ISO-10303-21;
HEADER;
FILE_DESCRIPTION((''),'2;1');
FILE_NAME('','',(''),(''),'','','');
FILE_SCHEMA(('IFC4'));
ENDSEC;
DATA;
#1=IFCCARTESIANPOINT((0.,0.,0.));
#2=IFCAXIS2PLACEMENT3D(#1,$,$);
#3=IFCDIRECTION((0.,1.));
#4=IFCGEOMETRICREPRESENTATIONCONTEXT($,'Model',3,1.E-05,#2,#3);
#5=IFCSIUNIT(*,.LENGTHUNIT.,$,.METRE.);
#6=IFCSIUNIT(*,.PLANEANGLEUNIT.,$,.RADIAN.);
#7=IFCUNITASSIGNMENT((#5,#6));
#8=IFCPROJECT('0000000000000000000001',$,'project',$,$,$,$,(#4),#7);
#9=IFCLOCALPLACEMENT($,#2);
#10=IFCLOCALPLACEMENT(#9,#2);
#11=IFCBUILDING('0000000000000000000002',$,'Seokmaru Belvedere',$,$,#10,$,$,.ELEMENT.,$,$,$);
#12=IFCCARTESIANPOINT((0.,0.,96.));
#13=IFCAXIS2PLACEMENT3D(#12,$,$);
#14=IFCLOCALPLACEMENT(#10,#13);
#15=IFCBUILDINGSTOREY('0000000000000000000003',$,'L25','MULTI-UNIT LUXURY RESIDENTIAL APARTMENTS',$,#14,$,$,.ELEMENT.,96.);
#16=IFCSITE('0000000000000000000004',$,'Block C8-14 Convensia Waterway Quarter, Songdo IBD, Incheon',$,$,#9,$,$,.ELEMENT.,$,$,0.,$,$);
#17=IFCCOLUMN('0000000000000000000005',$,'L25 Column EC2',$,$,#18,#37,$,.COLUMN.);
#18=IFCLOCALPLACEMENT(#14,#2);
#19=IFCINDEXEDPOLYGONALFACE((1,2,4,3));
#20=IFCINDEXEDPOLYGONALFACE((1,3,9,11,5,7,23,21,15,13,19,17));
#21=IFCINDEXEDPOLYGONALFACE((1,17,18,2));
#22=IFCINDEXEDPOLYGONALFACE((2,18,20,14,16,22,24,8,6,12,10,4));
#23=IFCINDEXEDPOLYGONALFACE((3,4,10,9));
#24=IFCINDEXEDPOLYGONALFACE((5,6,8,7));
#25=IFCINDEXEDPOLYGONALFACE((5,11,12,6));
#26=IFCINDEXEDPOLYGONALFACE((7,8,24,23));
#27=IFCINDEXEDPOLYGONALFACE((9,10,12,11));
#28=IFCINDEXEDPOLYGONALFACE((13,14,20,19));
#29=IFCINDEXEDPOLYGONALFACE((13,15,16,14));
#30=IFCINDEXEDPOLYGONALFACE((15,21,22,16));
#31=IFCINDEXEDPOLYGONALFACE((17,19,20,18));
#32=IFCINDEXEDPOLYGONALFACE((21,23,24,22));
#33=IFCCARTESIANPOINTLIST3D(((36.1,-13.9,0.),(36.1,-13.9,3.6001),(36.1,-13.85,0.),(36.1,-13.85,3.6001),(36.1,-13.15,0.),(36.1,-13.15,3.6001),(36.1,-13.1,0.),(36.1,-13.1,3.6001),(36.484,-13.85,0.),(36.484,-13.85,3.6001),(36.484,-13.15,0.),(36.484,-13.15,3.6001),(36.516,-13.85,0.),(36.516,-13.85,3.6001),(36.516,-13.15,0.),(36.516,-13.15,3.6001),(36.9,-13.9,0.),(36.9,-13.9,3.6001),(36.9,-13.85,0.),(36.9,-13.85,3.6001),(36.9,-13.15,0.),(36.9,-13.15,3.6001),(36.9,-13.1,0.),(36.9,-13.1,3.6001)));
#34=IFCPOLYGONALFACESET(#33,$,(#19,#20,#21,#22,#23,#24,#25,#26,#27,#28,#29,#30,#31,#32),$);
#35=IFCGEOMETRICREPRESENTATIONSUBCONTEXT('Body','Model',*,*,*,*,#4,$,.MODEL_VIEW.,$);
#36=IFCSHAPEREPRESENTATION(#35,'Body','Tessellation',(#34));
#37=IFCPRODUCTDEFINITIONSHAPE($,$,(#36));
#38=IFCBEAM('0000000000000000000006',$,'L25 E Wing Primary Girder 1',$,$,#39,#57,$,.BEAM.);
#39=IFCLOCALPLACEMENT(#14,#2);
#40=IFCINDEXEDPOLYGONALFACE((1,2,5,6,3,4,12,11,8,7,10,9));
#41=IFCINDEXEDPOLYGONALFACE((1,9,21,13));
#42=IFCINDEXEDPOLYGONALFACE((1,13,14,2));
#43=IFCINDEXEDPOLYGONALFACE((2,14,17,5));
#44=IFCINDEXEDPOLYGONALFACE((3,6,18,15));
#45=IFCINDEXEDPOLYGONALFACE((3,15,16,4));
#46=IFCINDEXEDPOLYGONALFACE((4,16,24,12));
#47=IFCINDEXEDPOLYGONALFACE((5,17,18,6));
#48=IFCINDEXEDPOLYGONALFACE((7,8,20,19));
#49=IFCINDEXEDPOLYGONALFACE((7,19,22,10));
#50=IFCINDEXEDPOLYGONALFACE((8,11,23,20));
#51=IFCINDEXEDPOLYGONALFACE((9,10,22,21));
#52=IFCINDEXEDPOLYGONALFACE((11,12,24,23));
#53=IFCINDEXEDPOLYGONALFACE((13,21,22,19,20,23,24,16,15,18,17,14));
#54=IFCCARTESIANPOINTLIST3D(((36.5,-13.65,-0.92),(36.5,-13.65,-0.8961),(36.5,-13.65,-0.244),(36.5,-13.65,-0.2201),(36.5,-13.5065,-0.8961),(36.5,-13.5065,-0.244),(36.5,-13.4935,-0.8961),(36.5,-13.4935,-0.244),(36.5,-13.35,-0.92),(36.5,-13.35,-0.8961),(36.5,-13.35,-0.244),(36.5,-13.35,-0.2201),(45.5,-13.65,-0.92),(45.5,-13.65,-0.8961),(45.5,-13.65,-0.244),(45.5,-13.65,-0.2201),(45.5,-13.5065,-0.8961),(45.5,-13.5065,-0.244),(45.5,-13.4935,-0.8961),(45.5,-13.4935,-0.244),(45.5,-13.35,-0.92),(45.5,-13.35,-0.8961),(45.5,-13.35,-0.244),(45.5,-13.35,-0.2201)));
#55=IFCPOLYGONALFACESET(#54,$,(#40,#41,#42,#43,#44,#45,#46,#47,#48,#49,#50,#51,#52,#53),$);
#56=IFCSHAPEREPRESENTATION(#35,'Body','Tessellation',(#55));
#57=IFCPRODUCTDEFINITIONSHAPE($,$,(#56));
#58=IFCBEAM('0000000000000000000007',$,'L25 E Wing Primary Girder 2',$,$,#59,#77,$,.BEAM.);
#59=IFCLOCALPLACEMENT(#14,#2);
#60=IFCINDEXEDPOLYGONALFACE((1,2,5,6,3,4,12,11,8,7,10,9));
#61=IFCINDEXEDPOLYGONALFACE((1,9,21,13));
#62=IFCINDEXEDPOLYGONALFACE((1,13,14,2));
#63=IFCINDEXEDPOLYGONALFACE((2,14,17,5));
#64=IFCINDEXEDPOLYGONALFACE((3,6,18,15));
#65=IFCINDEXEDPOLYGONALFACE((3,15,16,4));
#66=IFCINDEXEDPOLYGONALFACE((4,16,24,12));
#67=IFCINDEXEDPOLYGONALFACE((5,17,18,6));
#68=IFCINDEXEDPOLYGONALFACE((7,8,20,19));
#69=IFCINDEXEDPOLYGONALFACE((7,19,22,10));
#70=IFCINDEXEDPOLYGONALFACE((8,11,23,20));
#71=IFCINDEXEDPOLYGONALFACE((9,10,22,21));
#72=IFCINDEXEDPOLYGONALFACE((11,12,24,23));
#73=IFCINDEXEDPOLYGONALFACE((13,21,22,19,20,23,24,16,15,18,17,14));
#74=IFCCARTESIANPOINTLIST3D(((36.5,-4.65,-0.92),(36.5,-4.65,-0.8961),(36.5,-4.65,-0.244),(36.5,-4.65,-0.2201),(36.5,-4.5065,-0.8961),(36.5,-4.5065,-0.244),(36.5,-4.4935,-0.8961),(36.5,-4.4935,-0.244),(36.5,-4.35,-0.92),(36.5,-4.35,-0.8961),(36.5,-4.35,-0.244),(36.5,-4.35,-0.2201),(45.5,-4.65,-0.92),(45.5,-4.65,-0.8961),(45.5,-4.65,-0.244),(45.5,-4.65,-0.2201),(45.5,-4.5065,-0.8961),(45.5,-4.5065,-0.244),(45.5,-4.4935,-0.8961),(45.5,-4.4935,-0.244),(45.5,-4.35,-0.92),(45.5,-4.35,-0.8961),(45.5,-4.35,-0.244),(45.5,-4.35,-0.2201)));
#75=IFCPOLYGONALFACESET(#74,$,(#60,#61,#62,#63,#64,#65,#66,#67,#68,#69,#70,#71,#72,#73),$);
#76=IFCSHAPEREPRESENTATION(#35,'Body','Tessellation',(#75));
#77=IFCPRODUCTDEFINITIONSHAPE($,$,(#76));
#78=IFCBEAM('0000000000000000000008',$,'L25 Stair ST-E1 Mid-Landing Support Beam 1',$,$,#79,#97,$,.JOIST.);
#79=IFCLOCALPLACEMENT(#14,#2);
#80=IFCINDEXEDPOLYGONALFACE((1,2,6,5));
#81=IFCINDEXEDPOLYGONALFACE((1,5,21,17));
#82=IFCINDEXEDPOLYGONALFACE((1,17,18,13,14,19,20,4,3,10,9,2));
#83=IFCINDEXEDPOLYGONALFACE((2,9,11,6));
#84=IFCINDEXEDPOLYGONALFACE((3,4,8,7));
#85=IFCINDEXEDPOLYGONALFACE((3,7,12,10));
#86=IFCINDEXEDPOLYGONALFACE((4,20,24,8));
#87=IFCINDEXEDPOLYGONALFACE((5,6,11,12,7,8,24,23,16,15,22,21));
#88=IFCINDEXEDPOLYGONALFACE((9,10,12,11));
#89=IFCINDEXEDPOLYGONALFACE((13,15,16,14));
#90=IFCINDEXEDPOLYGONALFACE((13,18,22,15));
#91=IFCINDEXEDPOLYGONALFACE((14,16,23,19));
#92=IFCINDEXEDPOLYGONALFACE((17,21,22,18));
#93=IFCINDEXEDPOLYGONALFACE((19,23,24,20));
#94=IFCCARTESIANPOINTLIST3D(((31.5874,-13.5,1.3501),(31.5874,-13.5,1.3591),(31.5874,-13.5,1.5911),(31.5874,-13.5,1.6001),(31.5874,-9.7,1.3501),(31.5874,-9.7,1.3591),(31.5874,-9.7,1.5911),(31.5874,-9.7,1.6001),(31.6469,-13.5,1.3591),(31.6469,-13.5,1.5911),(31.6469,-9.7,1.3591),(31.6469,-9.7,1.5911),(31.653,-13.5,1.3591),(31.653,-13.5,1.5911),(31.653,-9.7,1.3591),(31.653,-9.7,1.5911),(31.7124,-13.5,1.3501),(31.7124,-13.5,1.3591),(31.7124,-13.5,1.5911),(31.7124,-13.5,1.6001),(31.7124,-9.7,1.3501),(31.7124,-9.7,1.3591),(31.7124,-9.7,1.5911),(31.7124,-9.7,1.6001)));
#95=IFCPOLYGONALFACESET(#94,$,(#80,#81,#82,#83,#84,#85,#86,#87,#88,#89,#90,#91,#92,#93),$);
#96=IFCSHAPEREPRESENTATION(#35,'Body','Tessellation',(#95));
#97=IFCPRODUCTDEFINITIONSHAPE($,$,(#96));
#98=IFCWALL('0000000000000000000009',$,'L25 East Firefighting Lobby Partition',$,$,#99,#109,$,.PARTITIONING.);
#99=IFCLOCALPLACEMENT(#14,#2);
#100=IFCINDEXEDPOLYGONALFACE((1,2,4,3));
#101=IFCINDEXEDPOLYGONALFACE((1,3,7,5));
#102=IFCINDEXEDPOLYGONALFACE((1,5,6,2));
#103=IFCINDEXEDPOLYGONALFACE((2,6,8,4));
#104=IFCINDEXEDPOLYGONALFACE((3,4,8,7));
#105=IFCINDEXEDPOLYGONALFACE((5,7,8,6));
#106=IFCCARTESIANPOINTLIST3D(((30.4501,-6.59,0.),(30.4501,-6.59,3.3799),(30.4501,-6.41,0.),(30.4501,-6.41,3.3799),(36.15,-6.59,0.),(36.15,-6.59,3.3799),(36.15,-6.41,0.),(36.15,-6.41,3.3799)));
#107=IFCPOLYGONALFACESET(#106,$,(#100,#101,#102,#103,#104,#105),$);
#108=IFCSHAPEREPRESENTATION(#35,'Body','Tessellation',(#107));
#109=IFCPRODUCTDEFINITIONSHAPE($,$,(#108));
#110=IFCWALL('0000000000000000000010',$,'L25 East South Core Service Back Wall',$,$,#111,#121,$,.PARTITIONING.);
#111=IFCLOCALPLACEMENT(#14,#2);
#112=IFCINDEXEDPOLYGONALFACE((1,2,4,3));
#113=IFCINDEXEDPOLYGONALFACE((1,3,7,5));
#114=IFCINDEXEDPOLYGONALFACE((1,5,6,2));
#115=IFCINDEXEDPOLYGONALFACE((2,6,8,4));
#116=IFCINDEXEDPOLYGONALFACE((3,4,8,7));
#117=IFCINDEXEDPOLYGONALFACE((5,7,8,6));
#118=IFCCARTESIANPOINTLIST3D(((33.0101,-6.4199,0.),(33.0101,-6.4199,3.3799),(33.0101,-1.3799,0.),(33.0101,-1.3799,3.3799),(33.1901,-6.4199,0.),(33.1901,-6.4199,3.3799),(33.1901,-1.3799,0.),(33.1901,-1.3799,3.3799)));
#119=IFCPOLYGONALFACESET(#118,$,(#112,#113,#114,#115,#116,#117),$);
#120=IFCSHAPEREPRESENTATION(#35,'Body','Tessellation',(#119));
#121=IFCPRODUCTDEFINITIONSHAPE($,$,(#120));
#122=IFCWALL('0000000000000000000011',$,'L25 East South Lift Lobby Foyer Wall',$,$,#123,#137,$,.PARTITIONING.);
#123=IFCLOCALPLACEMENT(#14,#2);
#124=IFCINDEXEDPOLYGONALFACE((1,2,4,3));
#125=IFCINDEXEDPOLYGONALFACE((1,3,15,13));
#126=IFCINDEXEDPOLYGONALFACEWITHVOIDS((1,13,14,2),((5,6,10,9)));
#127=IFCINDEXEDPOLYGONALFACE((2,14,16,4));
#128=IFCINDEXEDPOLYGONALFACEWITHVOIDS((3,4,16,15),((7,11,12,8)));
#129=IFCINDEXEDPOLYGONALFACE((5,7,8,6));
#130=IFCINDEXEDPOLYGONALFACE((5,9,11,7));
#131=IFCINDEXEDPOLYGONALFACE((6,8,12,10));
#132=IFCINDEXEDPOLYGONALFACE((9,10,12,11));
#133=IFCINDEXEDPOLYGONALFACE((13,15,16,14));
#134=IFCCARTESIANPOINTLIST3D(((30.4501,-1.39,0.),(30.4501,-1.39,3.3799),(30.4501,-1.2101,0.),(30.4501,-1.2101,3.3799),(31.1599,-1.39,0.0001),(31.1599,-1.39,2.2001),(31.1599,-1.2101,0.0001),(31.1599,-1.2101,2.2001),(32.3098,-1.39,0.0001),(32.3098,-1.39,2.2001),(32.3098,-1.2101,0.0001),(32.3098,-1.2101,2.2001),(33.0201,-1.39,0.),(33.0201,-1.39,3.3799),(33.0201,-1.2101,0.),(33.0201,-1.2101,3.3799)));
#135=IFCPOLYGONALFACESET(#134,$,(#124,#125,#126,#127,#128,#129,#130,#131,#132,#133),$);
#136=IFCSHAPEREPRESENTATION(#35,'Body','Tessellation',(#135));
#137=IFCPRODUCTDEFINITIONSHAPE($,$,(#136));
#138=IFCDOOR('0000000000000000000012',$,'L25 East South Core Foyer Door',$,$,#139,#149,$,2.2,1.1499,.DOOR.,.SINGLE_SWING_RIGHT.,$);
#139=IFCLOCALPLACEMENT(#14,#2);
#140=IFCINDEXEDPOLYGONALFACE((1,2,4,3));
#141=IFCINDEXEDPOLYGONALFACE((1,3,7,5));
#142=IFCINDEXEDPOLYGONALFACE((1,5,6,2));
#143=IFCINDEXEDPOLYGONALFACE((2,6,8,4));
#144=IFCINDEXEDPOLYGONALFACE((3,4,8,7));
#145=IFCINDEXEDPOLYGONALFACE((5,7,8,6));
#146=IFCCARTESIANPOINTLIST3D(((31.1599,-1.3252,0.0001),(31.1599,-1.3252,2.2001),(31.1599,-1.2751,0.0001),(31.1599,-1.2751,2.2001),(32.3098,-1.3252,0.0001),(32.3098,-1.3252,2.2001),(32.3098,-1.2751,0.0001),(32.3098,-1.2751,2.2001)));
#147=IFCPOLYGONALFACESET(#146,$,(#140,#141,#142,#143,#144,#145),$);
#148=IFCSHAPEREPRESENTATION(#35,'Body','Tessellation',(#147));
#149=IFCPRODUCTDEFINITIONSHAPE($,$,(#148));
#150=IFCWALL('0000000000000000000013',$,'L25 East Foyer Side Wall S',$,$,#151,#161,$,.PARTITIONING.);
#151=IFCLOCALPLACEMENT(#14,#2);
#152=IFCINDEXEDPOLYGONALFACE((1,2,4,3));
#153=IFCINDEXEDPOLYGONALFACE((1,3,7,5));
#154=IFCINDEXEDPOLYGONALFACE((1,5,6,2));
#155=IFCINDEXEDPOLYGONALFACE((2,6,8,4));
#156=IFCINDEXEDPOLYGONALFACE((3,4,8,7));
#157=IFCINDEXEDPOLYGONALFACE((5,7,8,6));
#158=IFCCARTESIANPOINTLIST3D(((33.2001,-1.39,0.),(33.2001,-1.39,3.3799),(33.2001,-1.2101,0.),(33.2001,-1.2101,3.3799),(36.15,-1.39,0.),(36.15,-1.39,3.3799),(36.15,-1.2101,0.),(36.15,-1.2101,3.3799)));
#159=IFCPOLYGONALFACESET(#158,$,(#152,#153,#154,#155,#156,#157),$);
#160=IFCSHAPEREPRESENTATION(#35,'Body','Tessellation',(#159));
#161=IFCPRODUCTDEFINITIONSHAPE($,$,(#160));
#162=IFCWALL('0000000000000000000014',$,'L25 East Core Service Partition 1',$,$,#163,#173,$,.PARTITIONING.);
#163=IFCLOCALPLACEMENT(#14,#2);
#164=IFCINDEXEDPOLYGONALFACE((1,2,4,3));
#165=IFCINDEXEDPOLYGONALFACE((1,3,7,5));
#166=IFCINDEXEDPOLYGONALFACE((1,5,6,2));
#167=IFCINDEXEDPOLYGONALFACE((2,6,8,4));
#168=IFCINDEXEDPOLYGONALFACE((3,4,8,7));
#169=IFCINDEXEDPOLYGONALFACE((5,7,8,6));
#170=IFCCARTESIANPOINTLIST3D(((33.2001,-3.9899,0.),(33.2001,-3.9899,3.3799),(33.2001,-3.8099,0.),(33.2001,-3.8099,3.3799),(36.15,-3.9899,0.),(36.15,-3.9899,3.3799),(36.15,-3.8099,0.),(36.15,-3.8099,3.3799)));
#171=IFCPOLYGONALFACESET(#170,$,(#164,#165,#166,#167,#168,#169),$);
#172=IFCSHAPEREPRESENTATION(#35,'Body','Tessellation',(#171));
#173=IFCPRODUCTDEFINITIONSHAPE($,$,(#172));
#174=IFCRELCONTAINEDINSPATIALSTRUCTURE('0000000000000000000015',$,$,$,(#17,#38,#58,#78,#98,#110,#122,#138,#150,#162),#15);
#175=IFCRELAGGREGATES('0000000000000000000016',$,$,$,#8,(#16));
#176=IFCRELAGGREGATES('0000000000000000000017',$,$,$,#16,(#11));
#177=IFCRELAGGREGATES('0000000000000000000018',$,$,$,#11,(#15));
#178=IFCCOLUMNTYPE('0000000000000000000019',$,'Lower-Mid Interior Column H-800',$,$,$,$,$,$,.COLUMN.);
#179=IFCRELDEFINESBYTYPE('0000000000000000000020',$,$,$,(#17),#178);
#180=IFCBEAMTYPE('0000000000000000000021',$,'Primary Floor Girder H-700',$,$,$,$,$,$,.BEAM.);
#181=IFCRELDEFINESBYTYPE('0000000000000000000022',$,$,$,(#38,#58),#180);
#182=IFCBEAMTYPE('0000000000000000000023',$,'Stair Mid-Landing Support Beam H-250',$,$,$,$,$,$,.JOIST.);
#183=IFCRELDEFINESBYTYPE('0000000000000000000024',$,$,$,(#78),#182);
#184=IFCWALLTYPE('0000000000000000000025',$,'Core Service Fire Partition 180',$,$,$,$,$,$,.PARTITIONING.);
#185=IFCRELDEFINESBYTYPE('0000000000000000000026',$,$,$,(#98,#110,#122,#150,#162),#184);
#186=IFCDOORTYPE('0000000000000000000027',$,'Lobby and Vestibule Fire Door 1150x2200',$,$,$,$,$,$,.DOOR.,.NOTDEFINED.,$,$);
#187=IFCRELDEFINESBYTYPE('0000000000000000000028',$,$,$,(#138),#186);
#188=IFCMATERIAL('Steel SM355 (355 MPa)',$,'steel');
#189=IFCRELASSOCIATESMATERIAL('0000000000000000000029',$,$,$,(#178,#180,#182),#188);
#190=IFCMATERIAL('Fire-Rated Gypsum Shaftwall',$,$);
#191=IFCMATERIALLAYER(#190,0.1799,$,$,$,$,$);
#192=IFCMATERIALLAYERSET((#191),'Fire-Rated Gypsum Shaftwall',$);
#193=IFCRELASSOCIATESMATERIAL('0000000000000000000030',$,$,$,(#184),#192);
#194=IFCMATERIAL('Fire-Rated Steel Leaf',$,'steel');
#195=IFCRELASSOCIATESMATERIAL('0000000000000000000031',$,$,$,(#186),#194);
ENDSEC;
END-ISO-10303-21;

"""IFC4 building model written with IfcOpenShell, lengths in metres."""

from ifc_helpers import new_model, si_unit, direction, frame, frame_2d, origin, origin_2d, place, context, subcontext, project, spatial, rectangle, i_section, extrude, source, transform, mapped, material, layer, layer_set, material_profile, profile_set, type_object, type_shapes, element, fill, save


model = new_model("IFC4")

# Units and contexts
model_context = context("Model", 3, precision=1e-05, world=origin(), true_north=direction((0.0, 1.0)))
body_context = subcontext(model_context, "Body", "Model", "MODEL_VIEW")
ifc_project = project(units=[si_unit("LENGTHUNIT", "METRE"), si_unit("PLANEANGLEUNIT", "RADIAN")], contexts=[model_context])

# Site, building, storey
site_placement = place(None, origin())
site = spatial("IfcSite", under=ifc_project, at=site_placement, Name="Block C8-14 Convensia Waterway Quarter, Songdo IBD, Incheon", CompositionType="ELEMENT", RefElevation=0.0)
building_placement = place(site_placement, origin())
building = spatial("IfcBuilding", under=site, at=building_placement, Name="Seokmaru Belvedere", CompositionType="ELEMENT")
storey_placement = place(building_placement, frame((0.0, 0.0, 96.0)))
storey = spatial("IfcBuildingStorey", under=building, at=storey_placement, Name="L25", Description="MULTI-UNIT LUXURY RESIDENTIAL APARTMENTS", CompositionType="ELEMENT", Elevation=96.0)

# Column
ifc_material_1 = material(Name="Steel SM355 (355 MPa)", Category="steel")
ifc_material_profile_1 = material_profile(ifc_material_1, i_section(OverallWidth=0.8, OverallDepth=0.8, WebThickness=0.032, FlangeThickness=0.05, at=origin_2d()), Name="H-800x800x32x50")
ifc_profile_set_1 = profile_set([ifc_material_profile_1], Name="Steel SM355 (355 MPa)")
column_type = type_object("IfcColumnType", Name="Lower-Mid Interior Column H-800", PredefinedType="COLUMN", material=ifc_profile_set_1)
shared_shape_1 = source(origin(), body_context, "Body", "SweptSolid", [
    extrude(i_section(OverallWidth=0.8, OverallDepth=0.8, WebThickness=0.032, FlangeThickness=0.05, at=origin_2d()), origin(), (0.0, 0.0, 1.0), 3.6001),
])
type_shapes(column_type, [shared_shape_1])
column_placement = place(storey_placement, frame((36.5, -13.5, 0.0), z_axis=(0.0, 0.0, 1.0), x_axis=(1.0, 0.0, 0.0)))
element("IfcColumn", 1, at=column_placement, inside=storey, type_object=column_type, Name="L25 Column EC2", PredefinedType="COLUMN", context=body_context, shape_type="MappedRepresentation", body=[
    mapped(shared_shape_1, transform((0.0, 0.0, 0.0), scale=1.0)),
])

# Beams
ifc_material_profile_2 = material_profile(ifc_material_1, i_section(OverallWidth=0.3, OverallDepth=0.7, WebThickness=0.0129, FlangeThickness=0.0239, at=origin_2d()), Name="H-700x300x13x24")
ifc_profile_set_2 = profile_set([ifc_material_profile_2], Name="Steel SM355 (355 MPa)")
beam_type_1 = type_object("IfcBeamType", Name="Primary Floor Girder H-700", PredefinedType="BEAM", material=ifc_profile_set_2)
shared_shape_2 = source(origin(), body_context, "Body", "SweptSolid", [
    extrude(i_section(OverallWidth=0.3, OverallDepth=0.7, WebThickness=0.0129, FlangeThickness=0.0239, at=origin_2d()), origin(), (0.0, 0.0, 1.0), 9.0),
])
type_shapes(beam_type_1, [shared_shape_2])
for number, where, z_axis, x_axis, name in (
    (2, (36.5, -13.5, -0.5701), (1.0, 0.0, 0.0), (0.0, 1.0, 0.0), "L25 E Wing Primary Girder 1"),
    (3, (36.5, -4.5, -0.5701), (1.0, 0.0, 0.0), (0.0, 1.0, 0.0), "L25 E Wing Primary Girder 2"),
):
    element("IfcBeam", number, at=place(storey_placement, frame(where, z_axis=z_axis, x_axis=x_axis)), inside=storey, type_object=beam_type_1, Name=name, PredefinedType="BEAM", context=body_context, shape_type="MappedRepresentation", body=[
        mapped(shared_shape_2, transform((0.0, 0.0, 0.0), scale=1.0)),
    ])
ifc_material_profile_3 = material_profile(ifc_material_1, i_section(OverallWidth=0.125, OverallDepth=0.25, WebThickness=0.0061, FlangeThickness=0.009, at=origin_2d()), Name="H-250x125x6x9")
ifc_profile_set_3 = profile_set([ifc_material_profile_3], Name="Steel SM355 (355 MPa)")
beam_type_2 = type_object("IfcBeamType", Name="Stair Mid-Landing Support Beam H-250", PredefinedType="JOIST", material=ifc_profile_set_3)
shared_shape_3 = source(origin(), body_context, "Body", "SweptSolid", [
    extrude(i_section(OverallWidth=0.125, OverallDepth=0.25, WebThickness=0.0061, FlangeThickness=0.009, at=origin_2d()), origin(), (0.0, 0.0, 1.0), 3.8),
])
type_shapes(beam_type_2, [shared_shape_3])
beam_placement = place(storey_placement, frame((31.6499, -13.5, 1.4751), z_axis=(0.0, 1.0, 0.0), x_axis=(-1.0, 0.0, 0.0)))
element("IfcBeam", 4, at=beam_placement, inside=storey, type_object=beam_type_2, Name="L25 Stair ST-E1 Mid-Landing Support Beam 1", PredefinedType="JOIST", context=body_context, shape_type="MappedRepresentation", body=[
    mapped(shared_shape_3, transform((0.0, 0.0, 0.0), scale=1.0)),
])

# Walls
ifc_material_2 = material(Name="Fire-Rated Gypsum Shaftwall")
ifc_layer_1 = layer(ifc_material_2, 0.1799)
ifc_layer_set_1 = layer_set([ifc_layer_1], Name="Fire-Rated Gypsum Shaftwall")
wall_type_1 = type_object("IfcWallType", Name="Core Service Fire Partition 180", PredefinedType="PARTITIONING", material=ifc_layer_set_1)
wall_1_placement = place(storey_placement, frame((30.45, -6.5, 0.0), z_axis=(0.0, 0.0, 1.0), x_axis=(1.0, 0.0, 0.0)))
element("IfcWall", 5, at=wall_1_placement, inside=storey, type_object=wall_type_1, Name="L25 East Firefighting Lobby Partition", PredefinedType="PARTITIONING", context=body_context, shape_type="SweptSolid", body=[
    extrude(rectangle(XDim=5.7, YDim=0.1799, at=frame_2d((2.8501, 0.0))), origin(), (0.0, 0.0, 1.0), 3.3799),
])
wall_2_placement = place(storey_placement, frame((33.1001, -6.4199, 0.0), z_axis=(0.0, 0.0, 1.0), x_axis=(0.0, 1.0, 0.0)))
element("IfcWall", 6, at=wall_2_placement, inside=storey, type_object=wall_type_1, Name="L25 East South Core Service Back Wall", PredefinedType="PARTITIONING", context=body_context, shape_type="SweptSolid", body=[
    extrude(rectangle(XDim=5.04, YDim=0.1799, at=frame_2d((2.52, 0.0))), origin(), (0.0, 0.0, 1.0), 3.3799),
])

# Wall, opening, door
wall_3_placement = place(storey_placement, frame((30.45, -1.3, 0.0), z_axis=(0.0, 0.0, 1.0), x_axis=(1.0, 0.0, 0.0)))
wall_3 = element("IfcWall", 7, at=wall_3_placement, inside=storey, type_object=wall_type_1, Name="L25 East South Lift Lobby Foyer Wall", PredefinedType="PARTITIONING", context=body_context, shape_type="SweptSolid", body=[
    extrude(rectangle(XDim=2.5701, YDim=0.1799, at=frame_2d((1.2852, 0.0))), origin(), (0.0, 0.0, 1.0), 3.3799),
])
opening_1_placement = place(wall_3_placement, frame((0.71, 0.0, 0.0)))
opening_1 = element("IfcOpeningElement", 8, at=opening_1_placement, cuts=wall_3, PredefinedType="OPENING", context=body_context, shape_type="SweptSolid", body=[
    extrude(rectangle(XDim=1.1499, YDim=2.2, at=frame_2d((0.575, 1.1001))), frame((0.0, 0.1001, 0.0), z_axis=(0.0, -1.0, 0.0), x_axis=(1.0, 0.0, 0.0)), (0.0, 0.0, 1.0), 0.2),
])
ifc_material_3 = material(Name="Fire-Rated Steel Leaf", Category="steel")
door_type_1 = type_object("IfcDoorType", Name="Lobby and Vestibule Fire Door 1150x2200", OperationType="NOTDEFINED", PredefinedType="DOOR", material=ifc_material_3)
shared_shape_4 = source(origin(), body_context, "Body", "SweptSolid", [
    extrude(rectangle(XDim=1.1499, YDim=2.2, at=frame_2d((0.575, 1.1001))), frame((0.0, 0.0249, 0.0), z_axis=(0.0, -1.0, 0.0), x_axis=(1.0, 0.0, 0.0)), (0.0, 0.0, 1.0), 0.05),
])
type_shapes(door_type_1, [shared_shape_4])
door_1_placement = place(opening_1_placement, origin())
door_1 = element("IfcDoor", 9, at=door_1_placement, inside=storey, type_object=door_type_1, Name="L25 East South Core Foyer Door", OperationType="SINGLE_SWING_RIGHT", OverallHeight=2.2, OverallWidth=1.1499, PredefinedType="DOOR", context=body_context, shape_type="MappedRepresentation", body=[
    mapped(shared_shape_4, transform((0.0, 0.0, 0.0), scale=1.0)),
])
fill(opening_1, door_1)

# Walls
for number, where, z_axis, x_axis, name in (
    (10, (33.2, -1.3, 0.0), (0.0, 0.0, 1.0), (1.0, 0.0, 0.0), "L25 East Foyer Side Wall S"),
    (11, (33.2, -3.8999, 0.0), (0.0, 0.0, 1.0), (1.0, 0.0, 0.0), "L25 East Core Service Partition 1"),
):
    element("IfcWall", number, at=place(storey_placement, frame(where, z_axis=z_axis, x_axis=x_axis)), inside=storey, type_object=wall_type_1, Name=name, PredefinedType="PARTITIONING", context=body_context, shape_type="SweptSolid", body=[
        extrude(rectangle(XDim=2.95, YDim=0.1799, at=frame_2d((1.4751, 0.0))), origin(), (0.0, 0.0, 1.0), 3.3799),
    ])

save(model, "model.ifc")
